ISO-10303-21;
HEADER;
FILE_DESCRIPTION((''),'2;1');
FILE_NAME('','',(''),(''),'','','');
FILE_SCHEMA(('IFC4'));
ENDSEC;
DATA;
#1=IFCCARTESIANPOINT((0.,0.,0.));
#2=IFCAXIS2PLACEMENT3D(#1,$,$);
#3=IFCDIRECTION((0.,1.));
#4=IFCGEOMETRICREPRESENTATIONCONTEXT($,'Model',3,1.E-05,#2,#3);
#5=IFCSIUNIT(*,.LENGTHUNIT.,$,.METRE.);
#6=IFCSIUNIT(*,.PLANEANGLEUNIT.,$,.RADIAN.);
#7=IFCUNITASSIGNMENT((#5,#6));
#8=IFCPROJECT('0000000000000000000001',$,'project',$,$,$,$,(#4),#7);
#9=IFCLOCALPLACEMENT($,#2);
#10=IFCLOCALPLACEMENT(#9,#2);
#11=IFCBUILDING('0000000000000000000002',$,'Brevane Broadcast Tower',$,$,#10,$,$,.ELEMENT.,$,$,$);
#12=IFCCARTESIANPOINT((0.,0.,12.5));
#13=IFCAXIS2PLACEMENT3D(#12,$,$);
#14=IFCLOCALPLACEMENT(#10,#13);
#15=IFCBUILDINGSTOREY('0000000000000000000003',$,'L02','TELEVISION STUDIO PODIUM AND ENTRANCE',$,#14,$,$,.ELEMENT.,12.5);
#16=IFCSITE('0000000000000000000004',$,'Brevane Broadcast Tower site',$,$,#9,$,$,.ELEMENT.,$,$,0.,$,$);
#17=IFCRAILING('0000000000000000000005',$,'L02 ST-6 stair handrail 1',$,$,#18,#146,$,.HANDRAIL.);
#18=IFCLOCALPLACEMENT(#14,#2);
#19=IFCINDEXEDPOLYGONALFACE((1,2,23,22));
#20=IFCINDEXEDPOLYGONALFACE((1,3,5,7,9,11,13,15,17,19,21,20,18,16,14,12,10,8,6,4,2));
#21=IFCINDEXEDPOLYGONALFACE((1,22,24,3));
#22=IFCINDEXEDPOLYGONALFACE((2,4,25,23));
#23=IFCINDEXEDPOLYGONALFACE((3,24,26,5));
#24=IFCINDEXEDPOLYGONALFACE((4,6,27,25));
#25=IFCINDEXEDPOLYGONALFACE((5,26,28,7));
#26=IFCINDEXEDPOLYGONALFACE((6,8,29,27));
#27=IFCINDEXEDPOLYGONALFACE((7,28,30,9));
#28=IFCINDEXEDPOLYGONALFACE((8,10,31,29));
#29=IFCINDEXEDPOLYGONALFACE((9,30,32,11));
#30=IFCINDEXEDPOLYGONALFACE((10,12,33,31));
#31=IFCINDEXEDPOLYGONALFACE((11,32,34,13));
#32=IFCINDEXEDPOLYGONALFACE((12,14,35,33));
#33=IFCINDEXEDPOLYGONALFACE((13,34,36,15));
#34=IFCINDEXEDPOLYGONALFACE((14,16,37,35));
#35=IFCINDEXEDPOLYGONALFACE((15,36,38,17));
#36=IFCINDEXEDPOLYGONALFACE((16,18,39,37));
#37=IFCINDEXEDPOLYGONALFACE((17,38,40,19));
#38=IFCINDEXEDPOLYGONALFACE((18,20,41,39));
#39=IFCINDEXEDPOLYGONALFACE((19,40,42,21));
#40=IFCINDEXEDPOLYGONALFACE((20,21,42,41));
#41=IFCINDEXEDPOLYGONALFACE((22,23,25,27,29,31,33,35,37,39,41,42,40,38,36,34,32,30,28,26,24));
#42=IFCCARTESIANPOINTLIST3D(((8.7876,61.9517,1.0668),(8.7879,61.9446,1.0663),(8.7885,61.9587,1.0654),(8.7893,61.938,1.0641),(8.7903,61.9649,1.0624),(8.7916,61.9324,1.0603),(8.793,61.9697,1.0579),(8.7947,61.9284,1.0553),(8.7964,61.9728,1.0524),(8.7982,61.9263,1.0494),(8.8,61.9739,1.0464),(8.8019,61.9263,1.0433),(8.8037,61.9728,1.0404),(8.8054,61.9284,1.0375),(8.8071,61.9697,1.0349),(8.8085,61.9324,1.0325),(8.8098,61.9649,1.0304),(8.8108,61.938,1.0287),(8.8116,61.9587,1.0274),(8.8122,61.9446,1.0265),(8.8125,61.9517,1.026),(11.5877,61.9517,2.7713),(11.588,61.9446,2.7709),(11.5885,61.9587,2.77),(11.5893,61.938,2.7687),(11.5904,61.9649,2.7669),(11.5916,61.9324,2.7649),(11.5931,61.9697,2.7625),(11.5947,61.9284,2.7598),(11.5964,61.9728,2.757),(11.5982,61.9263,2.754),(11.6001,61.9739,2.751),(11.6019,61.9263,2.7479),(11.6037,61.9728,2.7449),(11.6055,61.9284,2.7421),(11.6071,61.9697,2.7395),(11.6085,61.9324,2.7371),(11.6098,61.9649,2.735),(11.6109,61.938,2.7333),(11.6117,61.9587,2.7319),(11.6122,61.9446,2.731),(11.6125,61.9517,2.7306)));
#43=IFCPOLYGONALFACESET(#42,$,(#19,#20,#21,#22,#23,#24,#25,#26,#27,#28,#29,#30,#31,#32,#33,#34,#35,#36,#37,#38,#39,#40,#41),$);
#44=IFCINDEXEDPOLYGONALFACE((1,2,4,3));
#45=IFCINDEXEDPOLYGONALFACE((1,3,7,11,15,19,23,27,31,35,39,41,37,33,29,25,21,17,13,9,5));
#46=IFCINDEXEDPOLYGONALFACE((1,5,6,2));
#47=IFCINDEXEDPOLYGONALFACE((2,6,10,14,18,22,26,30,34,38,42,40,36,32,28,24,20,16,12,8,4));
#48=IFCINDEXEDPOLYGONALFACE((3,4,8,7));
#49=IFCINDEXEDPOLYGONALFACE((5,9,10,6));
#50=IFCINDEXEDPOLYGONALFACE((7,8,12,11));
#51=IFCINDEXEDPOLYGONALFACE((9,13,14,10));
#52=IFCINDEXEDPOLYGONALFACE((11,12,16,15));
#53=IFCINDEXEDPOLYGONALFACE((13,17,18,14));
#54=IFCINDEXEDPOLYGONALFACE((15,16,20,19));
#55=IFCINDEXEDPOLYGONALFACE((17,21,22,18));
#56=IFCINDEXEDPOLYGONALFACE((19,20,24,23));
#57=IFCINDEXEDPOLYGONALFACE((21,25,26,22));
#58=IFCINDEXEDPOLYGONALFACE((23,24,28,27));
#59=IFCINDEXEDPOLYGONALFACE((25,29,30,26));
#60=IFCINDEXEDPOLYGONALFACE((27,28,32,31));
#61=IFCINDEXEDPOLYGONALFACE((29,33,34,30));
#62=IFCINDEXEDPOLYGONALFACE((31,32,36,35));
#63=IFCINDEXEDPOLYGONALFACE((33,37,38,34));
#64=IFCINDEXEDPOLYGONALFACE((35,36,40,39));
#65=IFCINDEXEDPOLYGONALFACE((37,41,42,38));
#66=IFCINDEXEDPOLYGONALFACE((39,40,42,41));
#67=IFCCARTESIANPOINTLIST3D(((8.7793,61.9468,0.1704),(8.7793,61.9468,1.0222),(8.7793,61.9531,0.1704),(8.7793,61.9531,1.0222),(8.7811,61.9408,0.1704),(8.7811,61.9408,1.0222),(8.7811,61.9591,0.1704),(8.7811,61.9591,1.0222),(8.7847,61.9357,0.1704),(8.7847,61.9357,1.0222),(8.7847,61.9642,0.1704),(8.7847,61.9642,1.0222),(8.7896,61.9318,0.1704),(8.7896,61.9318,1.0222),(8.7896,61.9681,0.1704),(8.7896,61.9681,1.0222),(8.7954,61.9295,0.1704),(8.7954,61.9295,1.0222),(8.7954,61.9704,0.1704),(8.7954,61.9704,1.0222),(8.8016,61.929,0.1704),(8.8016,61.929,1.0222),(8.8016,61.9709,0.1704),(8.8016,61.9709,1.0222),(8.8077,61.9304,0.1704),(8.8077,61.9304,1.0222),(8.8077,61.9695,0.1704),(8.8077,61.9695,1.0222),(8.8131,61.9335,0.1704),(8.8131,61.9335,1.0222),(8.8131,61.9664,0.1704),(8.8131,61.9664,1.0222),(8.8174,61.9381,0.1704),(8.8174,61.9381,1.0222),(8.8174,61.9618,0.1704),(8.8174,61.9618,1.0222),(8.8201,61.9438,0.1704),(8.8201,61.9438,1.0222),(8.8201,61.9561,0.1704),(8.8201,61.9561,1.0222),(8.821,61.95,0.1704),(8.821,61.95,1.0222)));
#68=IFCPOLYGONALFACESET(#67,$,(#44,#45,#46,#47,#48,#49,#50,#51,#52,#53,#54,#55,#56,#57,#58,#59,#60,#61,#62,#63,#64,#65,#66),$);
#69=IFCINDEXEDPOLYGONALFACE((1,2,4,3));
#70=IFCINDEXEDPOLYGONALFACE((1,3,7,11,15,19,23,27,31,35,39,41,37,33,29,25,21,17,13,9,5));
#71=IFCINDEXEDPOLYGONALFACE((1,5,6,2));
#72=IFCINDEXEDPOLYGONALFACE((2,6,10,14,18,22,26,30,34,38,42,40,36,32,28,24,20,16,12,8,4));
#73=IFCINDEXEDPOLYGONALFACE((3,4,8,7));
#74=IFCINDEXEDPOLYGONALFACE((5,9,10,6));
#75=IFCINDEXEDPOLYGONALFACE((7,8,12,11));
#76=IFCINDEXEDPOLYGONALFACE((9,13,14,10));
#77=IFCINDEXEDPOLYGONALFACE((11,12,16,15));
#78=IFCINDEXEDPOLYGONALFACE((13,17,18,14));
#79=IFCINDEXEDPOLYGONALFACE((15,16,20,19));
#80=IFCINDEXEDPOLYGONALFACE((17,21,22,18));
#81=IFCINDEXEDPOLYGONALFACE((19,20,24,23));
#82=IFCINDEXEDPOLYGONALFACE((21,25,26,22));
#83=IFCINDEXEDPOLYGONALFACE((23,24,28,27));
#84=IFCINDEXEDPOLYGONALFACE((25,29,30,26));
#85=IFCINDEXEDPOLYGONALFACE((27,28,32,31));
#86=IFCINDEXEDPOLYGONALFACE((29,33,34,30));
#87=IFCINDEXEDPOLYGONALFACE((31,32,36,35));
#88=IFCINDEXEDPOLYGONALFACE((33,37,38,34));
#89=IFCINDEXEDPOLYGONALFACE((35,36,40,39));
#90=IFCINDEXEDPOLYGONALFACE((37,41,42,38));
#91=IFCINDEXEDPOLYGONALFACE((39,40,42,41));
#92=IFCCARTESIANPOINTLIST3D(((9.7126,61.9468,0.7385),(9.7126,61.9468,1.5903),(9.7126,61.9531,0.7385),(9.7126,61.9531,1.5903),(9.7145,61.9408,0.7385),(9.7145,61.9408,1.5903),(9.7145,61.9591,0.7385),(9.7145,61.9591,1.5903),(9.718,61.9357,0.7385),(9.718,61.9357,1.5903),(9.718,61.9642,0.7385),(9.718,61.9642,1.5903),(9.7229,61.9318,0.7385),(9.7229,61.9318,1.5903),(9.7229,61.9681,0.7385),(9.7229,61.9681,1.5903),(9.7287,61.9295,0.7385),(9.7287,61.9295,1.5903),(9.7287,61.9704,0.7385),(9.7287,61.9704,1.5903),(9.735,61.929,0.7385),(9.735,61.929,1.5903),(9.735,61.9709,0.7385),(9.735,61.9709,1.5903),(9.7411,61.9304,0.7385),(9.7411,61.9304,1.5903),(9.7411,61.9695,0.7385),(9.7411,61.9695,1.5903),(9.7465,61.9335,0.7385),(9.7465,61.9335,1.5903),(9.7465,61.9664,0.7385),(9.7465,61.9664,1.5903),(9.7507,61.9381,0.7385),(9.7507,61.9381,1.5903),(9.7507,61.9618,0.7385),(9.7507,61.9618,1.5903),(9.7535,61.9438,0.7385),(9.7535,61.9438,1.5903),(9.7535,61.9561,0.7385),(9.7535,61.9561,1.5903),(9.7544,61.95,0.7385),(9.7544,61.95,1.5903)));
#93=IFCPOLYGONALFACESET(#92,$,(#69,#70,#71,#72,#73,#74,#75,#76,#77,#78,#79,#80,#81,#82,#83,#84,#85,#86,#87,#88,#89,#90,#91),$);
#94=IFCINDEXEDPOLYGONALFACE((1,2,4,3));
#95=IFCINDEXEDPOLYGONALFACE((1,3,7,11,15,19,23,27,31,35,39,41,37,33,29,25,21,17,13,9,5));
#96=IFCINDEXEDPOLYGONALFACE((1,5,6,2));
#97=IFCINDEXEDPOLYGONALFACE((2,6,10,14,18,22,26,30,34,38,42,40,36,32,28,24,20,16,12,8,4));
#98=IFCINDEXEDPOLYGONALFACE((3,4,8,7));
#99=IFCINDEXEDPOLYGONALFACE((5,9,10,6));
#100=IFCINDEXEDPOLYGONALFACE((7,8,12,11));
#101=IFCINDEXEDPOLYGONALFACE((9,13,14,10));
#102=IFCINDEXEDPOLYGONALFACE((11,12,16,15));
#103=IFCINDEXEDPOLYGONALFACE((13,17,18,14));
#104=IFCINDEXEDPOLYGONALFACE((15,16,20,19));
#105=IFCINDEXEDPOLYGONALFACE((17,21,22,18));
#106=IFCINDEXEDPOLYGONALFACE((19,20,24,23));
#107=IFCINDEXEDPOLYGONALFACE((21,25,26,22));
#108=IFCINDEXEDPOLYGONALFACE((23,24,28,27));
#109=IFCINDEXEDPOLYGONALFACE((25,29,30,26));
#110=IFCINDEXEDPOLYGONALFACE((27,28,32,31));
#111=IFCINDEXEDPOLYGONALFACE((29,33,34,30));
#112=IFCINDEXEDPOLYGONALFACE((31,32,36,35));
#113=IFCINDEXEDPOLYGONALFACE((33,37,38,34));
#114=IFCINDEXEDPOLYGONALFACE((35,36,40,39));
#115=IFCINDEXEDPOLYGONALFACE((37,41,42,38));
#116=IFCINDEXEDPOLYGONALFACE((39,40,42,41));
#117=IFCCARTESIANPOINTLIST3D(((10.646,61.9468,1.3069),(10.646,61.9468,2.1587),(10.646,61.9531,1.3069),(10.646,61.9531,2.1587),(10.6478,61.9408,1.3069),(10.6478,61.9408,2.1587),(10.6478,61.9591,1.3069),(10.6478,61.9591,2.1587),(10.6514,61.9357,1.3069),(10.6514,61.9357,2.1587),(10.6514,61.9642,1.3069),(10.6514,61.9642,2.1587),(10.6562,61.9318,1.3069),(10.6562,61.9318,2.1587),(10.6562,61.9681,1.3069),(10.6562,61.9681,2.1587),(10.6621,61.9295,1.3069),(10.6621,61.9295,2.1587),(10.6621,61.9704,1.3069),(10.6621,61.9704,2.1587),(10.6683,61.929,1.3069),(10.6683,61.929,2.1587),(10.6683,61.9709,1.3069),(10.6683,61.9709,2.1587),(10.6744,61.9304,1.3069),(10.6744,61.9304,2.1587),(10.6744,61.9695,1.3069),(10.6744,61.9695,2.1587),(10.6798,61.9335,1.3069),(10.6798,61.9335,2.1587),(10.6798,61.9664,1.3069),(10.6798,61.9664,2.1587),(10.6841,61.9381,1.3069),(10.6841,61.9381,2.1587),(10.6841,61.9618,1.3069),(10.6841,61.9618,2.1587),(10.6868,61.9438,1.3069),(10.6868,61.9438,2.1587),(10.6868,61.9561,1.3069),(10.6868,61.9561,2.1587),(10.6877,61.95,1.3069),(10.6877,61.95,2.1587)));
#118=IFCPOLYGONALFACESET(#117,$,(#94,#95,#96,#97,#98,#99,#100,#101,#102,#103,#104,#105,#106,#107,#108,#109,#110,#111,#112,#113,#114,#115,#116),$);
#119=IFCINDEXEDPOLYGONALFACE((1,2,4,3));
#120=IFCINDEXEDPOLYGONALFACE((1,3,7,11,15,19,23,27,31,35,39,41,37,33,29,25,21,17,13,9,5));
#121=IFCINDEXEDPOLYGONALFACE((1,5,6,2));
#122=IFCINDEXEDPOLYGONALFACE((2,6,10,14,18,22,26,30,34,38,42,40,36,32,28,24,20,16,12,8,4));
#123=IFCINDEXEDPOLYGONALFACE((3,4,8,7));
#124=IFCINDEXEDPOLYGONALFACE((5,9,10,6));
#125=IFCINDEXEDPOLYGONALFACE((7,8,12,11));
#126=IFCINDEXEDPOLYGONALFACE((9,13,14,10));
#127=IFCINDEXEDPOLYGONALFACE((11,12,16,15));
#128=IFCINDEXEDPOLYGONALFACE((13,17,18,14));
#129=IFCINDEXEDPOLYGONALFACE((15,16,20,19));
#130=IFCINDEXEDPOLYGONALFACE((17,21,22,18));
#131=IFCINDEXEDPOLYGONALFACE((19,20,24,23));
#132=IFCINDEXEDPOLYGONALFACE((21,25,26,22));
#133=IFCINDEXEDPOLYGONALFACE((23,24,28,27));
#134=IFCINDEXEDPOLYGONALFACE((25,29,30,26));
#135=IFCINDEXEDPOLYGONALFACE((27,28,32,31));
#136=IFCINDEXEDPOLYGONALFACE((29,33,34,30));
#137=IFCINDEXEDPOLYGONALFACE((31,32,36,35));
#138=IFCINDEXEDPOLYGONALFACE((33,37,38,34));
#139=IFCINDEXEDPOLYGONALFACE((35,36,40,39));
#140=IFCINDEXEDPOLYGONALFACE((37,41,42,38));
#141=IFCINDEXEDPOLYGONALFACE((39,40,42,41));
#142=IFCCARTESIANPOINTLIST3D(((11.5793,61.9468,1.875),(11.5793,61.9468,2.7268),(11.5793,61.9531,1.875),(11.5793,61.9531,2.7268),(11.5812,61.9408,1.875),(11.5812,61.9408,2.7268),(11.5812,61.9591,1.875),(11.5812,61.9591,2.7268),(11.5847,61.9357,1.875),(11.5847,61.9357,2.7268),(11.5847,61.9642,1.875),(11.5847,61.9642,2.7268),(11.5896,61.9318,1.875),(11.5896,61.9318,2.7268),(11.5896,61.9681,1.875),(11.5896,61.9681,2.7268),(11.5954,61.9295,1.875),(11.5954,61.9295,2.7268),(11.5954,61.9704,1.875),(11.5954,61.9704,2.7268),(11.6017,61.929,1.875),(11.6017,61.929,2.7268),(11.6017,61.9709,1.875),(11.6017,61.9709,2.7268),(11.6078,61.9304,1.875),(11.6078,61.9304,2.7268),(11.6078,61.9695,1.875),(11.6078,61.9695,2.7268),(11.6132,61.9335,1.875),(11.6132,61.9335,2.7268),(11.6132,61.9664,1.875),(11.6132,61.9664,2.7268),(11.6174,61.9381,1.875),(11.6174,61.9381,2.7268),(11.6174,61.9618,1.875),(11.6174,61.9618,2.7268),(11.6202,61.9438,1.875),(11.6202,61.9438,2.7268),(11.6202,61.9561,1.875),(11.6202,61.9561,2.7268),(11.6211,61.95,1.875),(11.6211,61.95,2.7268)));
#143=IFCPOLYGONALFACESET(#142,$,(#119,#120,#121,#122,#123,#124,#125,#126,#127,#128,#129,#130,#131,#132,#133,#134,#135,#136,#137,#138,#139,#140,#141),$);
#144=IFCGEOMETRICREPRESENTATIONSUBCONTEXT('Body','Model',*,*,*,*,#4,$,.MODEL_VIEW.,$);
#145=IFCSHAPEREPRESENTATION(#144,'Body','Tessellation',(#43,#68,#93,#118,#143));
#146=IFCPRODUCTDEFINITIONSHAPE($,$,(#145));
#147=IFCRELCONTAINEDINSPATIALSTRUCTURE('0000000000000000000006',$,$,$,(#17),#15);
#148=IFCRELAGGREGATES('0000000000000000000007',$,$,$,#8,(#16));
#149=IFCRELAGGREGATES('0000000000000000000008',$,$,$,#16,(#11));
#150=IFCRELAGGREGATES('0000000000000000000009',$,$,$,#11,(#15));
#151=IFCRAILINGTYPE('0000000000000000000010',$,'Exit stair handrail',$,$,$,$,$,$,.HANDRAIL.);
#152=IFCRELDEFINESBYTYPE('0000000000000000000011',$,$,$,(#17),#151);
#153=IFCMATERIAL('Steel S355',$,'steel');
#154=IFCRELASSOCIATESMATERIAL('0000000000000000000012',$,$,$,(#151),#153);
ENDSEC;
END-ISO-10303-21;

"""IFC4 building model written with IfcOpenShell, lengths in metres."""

from ifc_helpers import new_model, si_unit, direction, frame, origin, origin_2d, place, context, subcontext, project, spatial, circle, extrude, material, type_object, element, save


model = new_model("IFC4")

# Units and contexts
model_context = context("Model", 3, precision=1e-05, world=origin(), true_north=direction((0.0, 1.0)))
body_context = subcontext(model_context, "Body", "Model", "MODEL_VIEW")
ifc_project = project(units=[si_unit("LENGTHUNIT", "METRE"), si_unit("PLANEANGLEUNIT", "RADIAN")], contexts=[model_context])

# Site, building, storey
site_placement = place(None, origin())
site = spatial("IfcSite", under=ifc_project, at=site_placement, Name="Brevane Broadcast Tower site", CompositionType="ELEMENT", RefElevation=0.0)
building_placement = place(site_placement, origin())
building = spatial("IfcBuilding", under=site, at=building_placement, Name="Brevane Broadcast Tower", CompositionType="ELEMENT")
storey_placement = place(building_placement, frame((0.0, 0.0, 12.5)))
storey = spatial("IfcBuildingStorey", under=building, at=storey_placement, Name="L02", Description="TELEVISION STUDIO PODIUM AND ENTRANCE", CompositionType="ELEMENT", Elevation=12.5)

# Railing
ifc_material_1 = material(Name="Steel S355", Category="steel")
railing_type_1 = type_object("IfcRailingType", Name="Exit stair handrail", PredefinedType="HANDRAIL", material=ifc_material_1)
for number, where, name in (
    (1, (8.8, 61.95, 0.1704), "L02 ST-6 stair handrail 1"),
):
    element("IfcRailing", number, at=place(storey_placement, frame(where)), inside=storey, type_object=railing_type_1, Name=name, PredefinedType="HANDRAIL", context=body_context, shape_type="SweptSolid", body=[
        extrude(circle(Radius=0.0239, at=origin_2d()), frame((0.0, 0.0, 0.876), z_axis=(0.85417, 0.0, 0.519994), x_axis=(0.0, 1.0, 0.0)), (0.0, 0.0, 1.0), 3.2781),
        extrude(circle(Radius=0.021, at=origin_2d()), origin(), (0.0, 0.0, 1.0), 0.8518),
        extrude(circle(Radius=0.021, at=origin_2d()), frame((0.9333, 0.0, 0.5681)), (0.0, 0.0, 1.0), 0.8518),
        extrude(circle(Radius=0.021, at=origin_2d()), frame((1.8667, 0.0, 1.1365)), (0.0, 0.0, 1.0), 0.8518),
        extrude(circle(Radius=0.021, at=origin_2d()), frame((2.8, 0.0, 1.7046)), (0.0, 0.0, 1.0), 0.8518),
    ])

save(model, "model.ifc")
